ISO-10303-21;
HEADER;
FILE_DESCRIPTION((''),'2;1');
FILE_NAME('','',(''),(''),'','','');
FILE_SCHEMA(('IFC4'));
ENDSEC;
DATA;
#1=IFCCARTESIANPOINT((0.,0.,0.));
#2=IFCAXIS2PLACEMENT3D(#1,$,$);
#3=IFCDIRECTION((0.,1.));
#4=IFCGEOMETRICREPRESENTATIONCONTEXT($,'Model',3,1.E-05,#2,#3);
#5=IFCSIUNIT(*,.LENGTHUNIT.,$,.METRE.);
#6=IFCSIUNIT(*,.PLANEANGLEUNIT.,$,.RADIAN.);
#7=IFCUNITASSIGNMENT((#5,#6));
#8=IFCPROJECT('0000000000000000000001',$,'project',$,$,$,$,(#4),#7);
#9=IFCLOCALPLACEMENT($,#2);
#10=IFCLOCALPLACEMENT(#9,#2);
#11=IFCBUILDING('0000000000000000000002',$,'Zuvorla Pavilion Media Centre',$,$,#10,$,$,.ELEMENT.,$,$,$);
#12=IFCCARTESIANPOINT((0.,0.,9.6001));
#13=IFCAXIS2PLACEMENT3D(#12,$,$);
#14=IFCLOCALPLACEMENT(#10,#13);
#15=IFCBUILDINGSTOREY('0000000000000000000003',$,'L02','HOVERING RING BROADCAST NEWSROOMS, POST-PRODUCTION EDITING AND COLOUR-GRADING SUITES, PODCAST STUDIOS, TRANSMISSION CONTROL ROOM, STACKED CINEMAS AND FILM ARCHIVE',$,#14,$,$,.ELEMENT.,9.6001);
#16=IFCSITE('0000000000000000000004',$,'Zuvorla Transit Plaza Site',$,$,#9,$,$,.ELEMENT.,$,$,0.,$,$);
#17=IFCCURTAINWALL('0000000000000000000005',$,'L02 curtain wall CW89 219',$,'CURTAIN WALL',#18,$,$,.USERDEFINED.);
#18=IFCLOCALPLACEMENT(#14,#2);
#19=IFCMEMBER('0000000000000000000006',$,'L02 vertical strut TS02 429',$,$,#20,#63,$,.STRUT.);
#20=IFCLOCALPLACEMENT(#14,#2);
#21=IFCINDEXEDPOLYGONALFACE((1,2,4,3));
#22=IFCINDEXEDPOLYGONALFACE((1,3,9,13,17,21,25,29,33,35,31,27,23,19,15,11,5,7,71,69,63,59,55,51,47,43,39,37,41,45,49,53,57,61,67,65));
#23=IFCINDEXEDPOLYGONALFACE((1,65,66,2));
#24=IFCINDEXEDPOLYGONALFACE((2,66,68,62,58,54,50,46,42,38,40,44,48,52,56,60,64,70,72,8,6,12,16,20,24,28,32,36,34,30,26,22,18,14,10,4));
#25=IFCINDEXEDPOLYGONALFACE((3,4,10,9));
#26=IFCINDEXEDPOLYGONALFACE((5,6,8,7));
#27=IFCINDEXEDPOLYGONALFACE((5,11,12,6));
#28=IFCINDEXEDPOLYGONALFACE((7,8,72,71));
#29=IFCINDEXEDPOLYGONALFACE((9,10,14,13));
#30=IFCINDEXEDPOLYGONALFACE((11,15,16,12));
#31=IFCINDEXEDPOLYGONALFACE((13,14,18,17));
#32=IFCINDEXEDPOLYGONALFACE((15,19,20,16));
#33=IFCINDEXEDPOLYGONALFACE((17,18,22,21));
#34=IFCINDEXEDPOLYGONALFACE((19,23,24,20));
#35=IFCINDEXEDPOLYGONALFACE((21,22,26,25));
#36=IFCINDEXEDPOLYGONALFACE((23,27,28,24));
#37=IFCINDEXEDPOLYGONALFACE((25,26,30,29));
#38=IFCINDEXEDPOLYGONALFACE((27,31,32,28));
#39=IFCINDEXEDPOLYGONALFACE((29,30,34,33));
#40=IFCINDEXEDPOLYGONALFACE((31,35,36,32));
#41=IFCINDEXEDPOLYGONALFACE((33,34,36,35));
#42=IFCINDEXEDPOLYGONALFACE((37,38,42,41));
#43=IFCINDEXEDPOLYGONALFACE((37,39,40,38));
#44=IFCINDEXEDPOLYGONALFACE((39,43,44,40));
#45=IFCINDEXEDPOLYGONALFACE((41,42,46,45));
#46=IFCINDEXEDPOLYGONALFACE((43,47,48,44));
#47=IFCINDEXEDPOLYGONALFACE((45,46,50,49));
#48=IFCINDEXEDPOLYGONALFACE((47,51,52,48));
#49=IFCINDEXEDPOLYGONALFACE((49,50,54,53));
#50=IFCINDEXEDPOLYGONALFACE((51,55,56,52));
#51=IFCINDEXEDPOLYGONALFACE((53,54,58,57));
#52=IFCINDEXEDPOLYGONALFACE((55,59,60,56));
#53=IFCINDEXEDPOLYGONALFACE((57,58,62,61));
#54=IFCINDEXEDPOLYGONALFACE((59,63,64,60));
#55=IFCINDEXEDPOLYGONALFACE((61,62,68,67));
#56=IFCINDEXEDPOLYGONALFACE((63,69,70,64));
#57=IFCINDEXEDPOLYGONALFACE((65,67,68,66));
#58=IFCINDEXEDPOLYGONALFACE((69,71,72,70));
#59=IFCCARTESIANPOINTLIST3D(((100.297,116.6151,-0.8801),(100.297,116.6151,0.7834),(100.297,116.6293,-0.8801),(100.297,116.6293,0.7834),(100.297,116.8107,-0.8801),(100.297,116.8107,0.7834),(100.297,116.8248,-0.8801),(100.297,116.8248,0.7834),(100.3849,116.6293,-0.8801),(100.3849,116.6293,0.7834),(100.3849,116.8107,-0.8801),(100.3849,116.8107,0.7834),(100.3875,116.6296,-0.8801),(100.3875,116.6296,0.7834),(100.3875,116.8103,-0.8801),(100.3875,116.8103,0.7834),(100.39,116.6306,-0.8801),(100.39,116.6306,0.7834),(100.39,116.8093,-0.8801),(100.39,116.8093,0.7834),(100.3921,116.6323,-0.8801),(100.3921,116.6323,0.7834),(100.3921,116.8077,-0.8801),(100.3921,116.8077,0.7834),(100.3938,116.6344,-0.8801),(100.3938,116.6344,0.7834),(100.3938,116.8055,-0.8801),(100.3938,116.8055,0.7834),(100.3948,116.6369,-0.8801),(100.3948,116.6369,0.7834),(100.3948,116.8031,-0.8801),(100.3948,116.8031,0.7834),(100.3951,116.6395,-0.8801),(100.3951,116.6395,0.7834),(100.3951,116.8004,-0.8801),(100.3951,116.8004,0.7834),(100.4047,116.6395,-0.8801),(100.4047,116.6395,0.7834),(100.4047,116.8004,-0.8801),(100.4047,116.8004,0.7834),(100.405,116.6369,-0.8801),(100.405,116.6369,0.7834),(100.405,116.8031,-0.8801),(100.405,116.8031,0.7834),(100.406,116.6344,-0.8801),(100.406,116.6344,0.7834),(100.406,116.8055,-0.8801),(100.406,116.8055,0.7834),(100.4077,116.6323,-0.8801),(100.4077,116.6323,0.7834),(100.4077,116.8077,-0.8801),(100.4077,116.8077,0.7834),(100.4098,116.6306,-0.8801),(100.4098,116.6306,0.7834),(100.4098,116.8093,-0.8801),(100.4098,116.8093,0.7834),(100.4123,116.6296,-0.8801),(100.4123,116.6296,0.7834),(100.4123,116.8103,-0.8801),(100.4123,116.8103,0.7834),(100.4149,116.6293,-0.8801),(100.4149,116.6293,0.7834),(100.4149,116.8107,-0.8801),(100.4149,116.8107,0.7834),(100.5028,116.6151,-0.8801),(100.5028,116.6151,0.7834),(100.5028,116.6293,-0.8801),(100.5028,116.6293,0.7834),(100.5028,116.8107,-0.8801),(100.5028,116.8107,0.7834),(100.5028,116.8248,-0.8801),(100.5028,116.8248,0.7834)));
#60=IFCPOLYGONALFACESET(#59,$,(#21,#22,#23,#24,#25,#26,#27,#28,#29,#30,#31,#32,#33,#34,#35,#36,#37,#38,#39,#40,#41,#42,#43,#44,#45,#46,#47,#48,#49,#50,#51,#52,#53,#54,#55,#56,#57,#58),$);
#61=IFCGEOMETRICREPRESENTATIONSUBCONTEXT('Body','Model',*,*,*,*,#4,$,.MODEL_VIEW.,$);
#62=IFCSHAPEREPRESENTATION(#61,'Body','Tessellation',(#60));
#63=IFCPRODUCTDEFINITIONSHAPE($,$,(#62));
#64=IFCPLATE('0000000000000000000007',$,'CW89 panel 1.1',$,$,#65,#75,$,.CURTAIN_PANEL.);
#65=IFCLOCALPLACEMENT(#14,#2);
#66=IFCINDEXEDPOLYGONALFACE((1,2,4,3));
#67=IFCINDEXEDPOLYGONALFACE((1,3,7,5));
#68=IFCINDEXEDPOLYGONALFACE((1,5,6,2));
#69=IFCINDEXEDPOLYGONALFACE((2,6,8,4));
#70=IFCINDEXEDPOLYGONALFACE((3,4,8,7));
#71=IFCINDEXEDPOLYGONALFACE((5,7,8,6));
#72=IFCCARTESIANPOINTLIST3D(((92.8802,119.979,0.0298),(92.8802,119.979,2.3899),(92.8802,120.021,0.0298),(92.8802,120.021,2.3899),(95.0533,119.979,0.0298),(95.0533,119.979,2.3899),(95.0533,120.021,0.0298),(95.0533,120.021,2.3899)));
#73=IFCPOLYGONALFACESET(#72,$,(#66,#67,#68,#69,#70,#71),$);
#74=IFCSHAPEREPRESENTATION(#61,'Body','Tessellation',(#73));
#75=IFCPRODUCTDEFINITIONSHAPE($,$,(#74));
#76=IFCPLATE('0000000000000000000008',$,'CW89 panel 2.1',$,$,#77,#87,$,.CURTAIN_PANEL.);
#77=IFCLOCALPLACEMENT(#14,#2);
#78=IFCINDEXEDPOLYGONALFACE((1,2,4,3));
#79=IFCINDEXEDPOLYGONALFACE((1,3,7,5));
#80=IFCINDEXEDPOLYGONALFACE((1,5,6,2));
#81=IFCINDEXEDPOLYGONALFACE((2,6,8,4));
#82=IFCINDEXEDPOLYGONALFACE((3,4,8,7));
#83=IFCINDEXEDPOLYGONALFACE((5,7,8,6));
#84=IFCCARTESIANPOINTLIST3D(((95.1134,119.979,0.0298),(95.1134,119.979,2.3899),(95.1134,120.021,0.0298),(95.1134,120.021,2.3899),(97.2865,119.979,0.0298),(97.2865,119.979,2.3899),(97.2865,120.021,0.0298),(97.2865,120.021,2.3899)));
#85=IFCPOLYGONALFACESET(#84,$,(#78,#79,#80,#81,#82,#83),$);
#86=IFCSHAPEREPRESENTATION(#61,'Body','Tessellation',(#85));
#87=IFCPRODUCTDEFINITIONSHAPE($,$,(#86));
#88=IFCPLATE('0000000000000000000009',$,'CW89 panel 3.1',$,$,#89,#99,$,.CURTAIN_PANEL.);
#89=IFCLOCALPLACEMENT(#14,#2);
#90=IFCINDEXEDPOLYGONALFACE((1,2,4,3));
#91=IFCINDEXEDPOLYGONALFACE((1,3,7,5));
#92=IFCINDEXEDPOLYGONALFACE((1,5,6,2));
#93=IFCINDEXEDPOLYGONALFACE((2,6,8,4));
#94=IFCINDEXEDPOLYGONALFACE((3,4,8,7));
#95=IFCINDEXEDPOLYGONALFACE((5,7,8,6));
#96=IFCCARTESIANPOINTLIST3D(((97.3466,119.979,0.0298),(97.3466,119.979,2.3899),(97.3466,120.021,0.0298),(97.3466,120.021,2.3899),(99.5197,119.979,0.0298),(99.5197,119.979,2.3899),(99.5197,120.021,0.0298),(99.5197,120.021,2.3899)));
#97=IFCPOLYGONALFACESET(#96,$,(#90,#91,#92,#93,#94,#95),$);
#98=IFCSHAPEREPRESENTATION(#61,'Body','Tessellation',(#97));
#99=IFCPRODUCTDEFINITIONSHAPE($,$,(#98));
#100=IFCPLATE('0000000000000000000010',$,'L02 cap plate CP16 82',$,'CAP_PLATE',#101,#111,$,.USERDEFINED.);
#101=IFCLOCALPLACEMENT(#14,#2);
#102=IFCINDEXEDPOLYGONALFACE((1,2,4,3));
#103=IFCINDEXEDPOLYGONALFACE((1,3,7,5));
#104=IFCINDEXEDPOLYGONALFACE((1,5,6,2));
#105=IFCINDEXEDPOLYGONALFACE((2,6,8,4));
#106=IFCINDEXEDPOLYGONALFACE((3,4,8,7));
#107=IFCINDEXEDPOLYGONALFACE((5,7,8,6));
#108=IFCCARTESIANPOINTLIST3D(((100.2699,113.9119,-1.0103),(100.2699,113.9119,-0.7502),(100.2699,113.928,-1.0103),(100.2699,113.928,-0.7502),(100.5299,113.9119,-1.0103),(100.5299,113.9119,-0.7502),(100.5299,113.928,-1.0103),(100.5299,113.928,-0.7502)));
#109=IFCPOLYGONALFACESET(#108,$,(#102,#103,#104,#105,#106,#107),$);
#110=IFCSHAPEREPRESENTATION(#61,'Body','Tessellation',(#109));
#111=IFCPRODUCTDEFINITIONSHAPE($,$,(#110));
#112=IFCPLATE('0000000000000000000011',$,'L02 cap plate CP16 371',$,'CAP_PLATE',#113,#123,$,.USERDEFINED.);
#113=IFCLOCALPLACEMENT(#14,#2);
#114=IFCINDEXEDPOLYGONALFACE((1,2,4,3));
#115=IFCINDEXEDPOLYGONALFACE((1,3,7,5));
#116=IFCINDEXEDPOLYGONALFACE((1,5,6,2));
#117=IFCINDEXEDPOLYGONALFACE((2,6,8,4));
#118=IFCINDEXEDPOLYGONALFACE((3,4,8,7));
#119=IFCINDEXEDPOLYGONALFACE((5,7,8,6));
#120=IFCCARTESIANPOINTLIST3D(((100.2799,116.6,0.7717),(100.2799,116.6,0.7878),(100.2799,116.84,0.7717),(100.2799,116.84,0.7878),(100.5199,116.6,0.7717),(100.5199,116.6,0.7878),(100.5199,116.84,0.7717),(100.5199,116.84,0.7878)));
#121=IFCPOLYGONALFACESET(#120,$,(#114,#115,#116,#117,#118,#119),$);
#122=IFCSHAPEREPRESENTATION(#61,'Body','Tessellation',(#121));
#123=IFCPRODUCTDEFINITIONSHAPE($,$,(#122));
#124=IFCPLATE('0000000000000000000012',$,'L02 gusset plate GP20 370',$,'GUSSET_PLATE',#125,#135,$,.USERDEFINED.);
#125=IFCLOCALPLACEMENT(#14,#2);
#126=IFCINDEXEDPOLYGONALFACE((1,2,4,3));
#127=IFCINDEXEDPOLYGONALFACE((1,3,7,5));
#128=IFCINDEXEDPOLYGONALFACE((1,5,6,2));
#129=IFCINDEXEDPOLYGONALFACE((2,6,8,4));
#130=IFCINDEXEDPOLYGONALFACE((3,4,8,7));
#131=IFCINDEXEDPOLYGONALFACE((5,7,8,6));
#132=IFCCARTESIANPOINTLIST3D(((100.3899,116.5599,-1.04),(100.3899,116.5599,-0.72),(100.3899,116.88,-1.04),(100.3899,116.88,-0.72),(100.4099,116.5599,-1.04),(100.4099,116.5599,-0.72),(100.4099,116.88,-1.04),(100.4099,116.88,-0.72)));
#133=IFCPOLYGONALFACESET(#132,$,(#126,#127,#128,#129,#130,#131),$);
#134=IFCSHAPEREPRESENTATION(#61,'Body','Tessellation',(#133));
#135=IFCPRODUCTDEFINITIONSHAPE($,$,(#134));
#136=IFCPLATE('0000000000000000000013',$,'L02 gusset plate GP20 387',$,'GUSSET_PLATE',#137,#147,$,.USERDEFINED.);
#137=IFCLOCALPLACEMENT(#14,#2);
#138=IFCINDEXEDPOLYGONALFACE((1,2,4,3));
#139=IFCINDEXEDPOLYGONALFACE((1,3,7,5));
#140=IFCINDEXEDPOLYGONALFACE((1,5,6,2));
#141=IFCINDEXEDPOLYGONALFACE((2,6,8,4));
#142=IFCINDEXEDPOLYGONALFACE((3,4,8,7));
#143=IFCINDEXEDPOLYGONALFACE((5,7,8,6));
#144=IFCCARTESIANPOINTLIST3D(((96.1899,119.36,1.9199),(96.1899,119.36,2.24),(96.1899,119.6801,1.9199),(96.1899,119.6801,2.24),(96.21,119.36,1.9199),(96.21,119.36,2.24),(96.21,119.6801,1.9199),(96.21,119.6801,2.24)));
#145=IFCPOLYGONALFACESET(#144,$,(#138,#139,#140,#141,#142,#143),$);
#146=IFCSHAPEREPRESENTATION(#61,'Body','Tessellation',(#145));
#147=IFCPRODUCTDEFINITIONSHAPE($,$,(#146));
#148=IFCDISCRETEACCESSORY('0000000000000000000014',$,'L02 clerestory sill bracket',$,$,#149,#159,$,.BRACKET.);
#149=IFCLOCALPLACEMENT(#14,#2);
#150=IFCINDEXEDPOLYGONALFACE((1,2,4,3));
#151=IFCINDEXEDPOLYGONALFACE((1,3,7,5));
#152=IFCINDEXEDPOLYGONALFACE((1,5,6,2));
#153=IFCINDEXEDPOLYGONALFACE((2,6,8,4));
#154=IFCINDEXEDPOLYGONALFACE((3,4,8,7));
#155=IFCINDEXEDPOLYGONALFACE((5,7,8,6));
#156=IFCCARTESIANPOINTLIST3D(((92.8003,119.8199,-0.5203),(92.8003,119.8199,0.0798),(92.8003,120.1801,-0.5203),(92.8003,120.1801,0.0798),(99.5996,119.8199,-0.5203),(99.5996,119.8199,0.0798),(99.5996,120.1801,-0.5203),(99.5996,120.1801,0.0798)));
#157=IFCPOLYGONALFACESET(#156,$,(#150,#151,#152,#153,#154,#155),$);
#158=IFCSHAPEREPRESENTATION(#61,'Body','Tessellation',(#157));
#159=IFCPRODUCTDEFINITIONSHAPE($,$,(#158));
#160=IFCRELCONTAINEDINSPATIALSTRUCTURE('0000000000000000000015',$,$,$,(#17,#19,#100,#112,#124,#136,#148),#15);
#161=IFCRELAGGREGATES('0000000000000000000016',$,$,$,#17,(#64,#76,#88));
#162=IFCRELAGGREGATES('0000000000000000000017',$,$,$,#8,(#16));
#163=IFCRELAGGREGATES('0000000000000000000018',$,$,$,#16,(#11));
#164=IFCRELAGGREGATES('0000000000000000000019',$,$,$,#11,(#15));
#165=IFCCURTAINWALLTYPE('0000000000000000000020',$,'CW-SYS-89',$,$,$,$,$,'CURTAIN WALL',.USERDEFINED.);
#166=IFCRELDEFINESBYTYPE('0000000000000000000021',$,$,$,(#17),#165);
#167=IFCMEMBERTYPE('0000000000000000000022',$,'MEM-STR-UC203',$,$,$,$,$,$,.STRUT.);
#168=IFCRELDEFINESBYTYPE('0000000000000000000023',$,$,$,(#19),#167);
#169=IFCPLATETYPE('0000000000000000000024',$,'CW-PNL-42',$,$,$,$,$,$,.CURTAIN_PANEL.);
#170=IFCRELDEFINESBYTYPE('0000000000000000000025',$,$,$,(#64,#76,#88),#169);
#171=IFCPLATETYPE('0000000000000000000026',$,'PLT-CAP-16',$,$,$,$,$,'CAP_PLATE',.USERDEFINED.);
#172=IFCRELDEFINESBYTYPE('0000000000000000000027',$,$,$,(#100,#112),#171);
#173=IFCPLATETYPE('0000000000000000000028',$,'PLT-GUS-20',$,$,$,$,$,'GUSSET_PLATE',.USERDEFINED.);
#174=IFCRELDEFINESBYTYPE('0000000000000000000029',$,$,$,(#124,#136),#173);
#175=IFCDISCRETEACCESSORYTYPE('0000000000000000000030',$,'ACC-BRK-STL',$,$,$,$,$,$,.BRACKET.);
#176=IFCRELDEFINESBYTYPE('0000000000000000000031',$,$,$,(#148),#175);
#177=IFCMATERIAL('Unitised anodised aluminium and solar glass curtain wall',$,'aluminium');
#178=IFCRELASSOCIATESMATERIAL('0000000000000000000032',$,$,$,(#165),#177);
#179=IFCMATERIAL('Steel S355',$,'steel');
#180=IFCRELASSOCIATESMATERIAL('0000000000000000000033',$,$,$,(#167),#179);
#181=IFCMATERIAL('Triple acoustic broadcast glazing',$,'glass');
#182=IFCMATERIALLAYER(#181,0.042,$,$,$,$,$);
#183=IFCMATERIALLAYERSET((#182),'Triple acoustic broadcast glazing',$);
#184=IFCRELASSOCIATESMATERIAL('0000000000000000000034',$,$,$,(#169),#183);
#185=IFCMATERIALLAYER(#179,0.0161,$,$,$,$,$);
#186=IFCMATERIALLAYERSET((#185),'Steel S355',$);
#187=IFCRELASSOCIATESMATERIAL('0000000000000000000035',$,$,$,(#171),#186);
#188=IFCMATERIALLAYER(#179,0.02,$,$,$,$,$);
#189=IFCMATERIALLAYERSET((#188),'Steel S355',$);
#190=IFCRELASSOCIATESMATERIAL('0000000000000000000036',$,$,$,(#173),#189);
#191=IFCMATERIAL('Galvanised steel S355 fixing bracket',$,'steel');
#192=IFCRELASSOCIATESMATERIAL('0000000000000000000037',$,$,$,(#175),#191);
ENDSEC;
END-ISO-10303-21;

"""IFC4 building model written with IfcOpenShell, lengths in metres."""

from ifc_helpers import new_model, si_unit, direction, frame, origin, origin_2d, place, context, subcontext, project, spatial, rectangle, i_section, extrude, material, layer, layer_set, material_profile, profile_set, type_object, element, aggregate, save


model = new_model("IFC4")

# Units and contexts
model_context = context("Model", 3, precision=1e-05, world=origin(), true_north=direction((0.0, 1.0)))
body_context = subcontext(model_context, "Body", "Model", "MODEL_VIEW")
ifc_project = project(units=[si_unit("LENGTHUNIT", "METRE"), si_unit("PLANEANGLEUNIT", "RADIAN")], contexts=[model_context])

# Site, building, storey
site_placement = place(None, origin())
site = spatial("IfcSite", under=ifc_project, at=site_placement, Name="Zuvorla Transit Plaza Site", CompositionType="ELEMENT", RefElevation=0.0)
building_placement = place(site_placement, origin())
building = spatial("IfcBuilding", under=site, at=building_placement, Name="Zuvorla Pavilion Media Centre", CompositionType="ELEMENT")
storey_placement = place(building_placement, frame((0.0, 0.0, 9.6001)))
storey = spatial("IfcBuildingStorey", under=building, at=storey_placement, Name="L02", Description="HOVERING RING BROADCAST NEWSROOMS, POST-PRODUCTION EDITING AND COLOUR-GRADING SUITES, PODCAST STUDIOS, TRANSMISSION CONTROL ROOM, STACKED CINEMAS AND FILM ARCHIVE", CompositionType="ELEMENT", Elevation=9.6001)

# Shared definitions
ifc_material_1 = material(Name="Steel S355", Category="steel")

# Curtain wall
ifc_material_2 = material(Name="Unitised anodised aluminium and solar glass curtain wall", Category="aluminium")
curtain_wall_type = type_object("IfcCurtainWallType", Name="CW-SYS-89", ElementType="CURTAIN WALL", PredefinedType="USERDEFINED", material=ifc_material_2)
curtain_wall_placement = place(storey_placement, origin())
curtain_wall = element("IfcCurtainWall", 1, at=curtain_wall_placement, inside=storey, type_object=curtain_wall_type, Name="L02 curtain wall CW89 219", ObjectType="CURTAIN WALL", PredefinedType="USERDEFINED")

# Member
ifc_material_profile_1 = material_profile(ifc_material_1, i_section(OverallWidth=0.2058, OverallDepth=0.2097, WebThickness=0.0095, FlangeThickness=0.0142, FilletRadius=0.0103, at=origin_2d()), Name="UC 203x203x60")
ifc_profile_set_1 = profile_set([ifc_material_profile_1], Name="Steel S355")
member_type_1 = type_object("IfcMemberType", Name="MEM-STR-UC203", PredefinedType="STRUT", material=ifc_profile_set_1)
member_1_placement = place(storey_placement, frame((100.3999, 116.72, -0.8801), z_axis=(0.0, 0.0, 1.0), x_axis=(1.0, 0.0, 0.0)))
element("IfcMember", 2, at=member_1_placement, inside=storey, type_object=member_type_1, Name="L02 vertical strut TS02 429", PredefinedType="STRUT", context=body_context, shape_type="SweptSolid", body=[
    extrude(i_section(OverallWidth=0.2058, OverallDepth=0.2097, WebThickness=0.0095, FlangeThickness=0.0142, FilletRadius=0.0103, at=origin_2d()), origin(), (0.0, 0.0, 1.0), 1.6636),
])

# Plates
ifc_material_3 = material(Name="Triple acoustic broadcast glazing", Category="glass")
ifc_layer_1 = layer(ifc_material_3, 0.042)
ifc_layer_set_1 = layer_set([ifc_layer_1], Name="Triple acoustic broadcast glazing")
plate_type_1 = type_object("IfcPlateType", Name="CW-PNL-42", PredefinedType="CURTAIN_PANEL", material=ifc_layer_set_1)
plate_1_placement = place(storey_placement, frame((93.9668, 120.0, 0.0298), z_axis=(0.0, 0.0, 1.0), x_axis=(1.0, 0.0, 0.0)))
plate_1 = element("IfcPlate", 3, at=plate_1_placement, type_object=plate_type_1, Name="CW89 panel 1.1", PredefinedType="CURTAIN_PANEL", context=body_context, shape_type="SweptSolid", body=[
    extrude(rectangle(XDim=2.1731, YDim=0.042, at=origin_2d()), origin(), (0.0, 0.0, 1.0), 2.3601),
])
plate_2_placement = place(storey_placement, frame((96.2, 120.0, 0.0298), z_axis=(0.0, 0.0, 1.0), x_axis=(1.0, 0.0, 0.0)))
plate_2 = element("IfcPlate", 4, at=plate_2_placement, type_object=plate_type_1, Name="CW89 panel 2.1", PredefinedType="CURTAIN_PANEL", context=body_context, shape_type="SweptSolid", body=[
    extrude(rectangle(XDim=2.1731, YDim=0.042, at=origin_2d()), origin(), (0.0, 0.0, 1.0), 2.3601),
])
plate_3_placement = place(storey_placement, frame((98.4331, 120.0, 0.0298), z_axis=(0.0, 0.0, 1.0), x_axis=(1.0, 0.0, 0.0)))
plate_3 = element("IfcPlate", 5, at=plate_3_placement, type_object=plate_type_1, Name="CW89 panel 3.1", PredefinedType="CURTAIN_PANEL", context=body_context, shape_type="SweptSolid", body=[
    extrude(rectangle(XDim=2.1731, YDim=0.042, at=origin_2d()), origin(), (0.0, 0.0, 1.0), 2.3601),
])
aggregate(curtain_wall, [plate_1, plate_2, plate_3])

# Plates
ifc_layer_2 = layer(ifc_material_1, 0.0161)
ifc_layer_set_2 = layer_set([ifc_layer_2], Name="Steel S355")
plate_type_2 = type_object("IfcPlateType", Name="PLT-CAP-16", ElementType="CAP_PLATE", PredefinedType="USERDEFINED", material=ifc_layer_set_2)
plate_4_placement = place(storey_placement, frame((100.3999, 113.9199, -1.0103), z_axis=(0.0, 0.0, 1.0), x_axis=(1.0, 0.0, 0.0)))
element("IfcPlate", 6, at=plate_4_placement, inside=storey, type_object=plate_type_2, Name="L02 cap plate CP16 82", ObjectType="CAP_PLATE", PredefinedType="USERDEFINED", context=body_context, shape_type="SweptSolid", body=[
    extrude(rectangle(XDim=0.26, YDim=0.0161, at=origin_2d()), origin(), (0.0, 0.0, 1.0), 0.26),
])
plate_5_placement = place(storey_placement, frame((100.3999, 116.72, 0.7717), z_axis=(0.0, 0.0, 1.0), x_axis=(1.0, 0.0, 0.0)))
element("IfcPlate", 7, at=plate_5_placement, inside=storey, type_object=plate_type_2, Name="L02 cap plate CP16 371", ObjectType="CAP_PLATE", PredefinedType="USERDEFINED", context=body_context, shape_type="SweptSolid", body=[
    extrude(rectangle(XDim=0.24, YDim=0.24, at=origin_2d()), origin(), (0.0, 0.0, 1.0), 0.0161),
])
ifc_layer_3 = layer(ifc_material_1, 0.02)
ifc_layer_set_3 = layer_set([ifc_layer_3], Name="Steel S355")
plate_type_3 = type_object("IfcPlateType", Name="PLT-GUS-20", ElementType="GUSSET_PLATE", PredefinedType="USERDEFINED", material=ifc_layer_set_3)
for number, where, z_axis, x_axis, name in (
    (8, (100.3999, 116.72, -1.04), (0.0, 0.0, 1.0), (1.0, 0.0, 0.0), "L02 gusset plate GP20 370"),
    (9, (96.2, 119.52, 1.9199), (0.0, 0.0, 1.0), (1.0, 0.0, 0.0), "L02 gusset plate GP20 387"),
):
    element("IfcPlate", number, at=place(storey_placement, frame(where, z_axis=z_axis, x_axis=x_axis)), inside=storey, type_object=plate_type_3, Name=name, ObjectType="GUSSET_PLATE", PredefinedType="USERDEFINED", context=body_context, shape_type="SweptSolid", body=[
        extrude(rectangle(XDim=0.02, YDim=0.3201, at=origin_2d()), origin(), (0.0, 0.0, 1.0), 0.3201),
    ])

# Discrete accessory
ifc_material_4 = material(Name="Galvanised steel S355 fixing bracket", Category="steel")
discrete_accessory_type = type_object("IfcDiscreteAccessoryType", Name="ACC-BRK-STL", PredefinedType="BRACKET", material=ifc_material_4)
discrete_accessory_placement = place(storey_placement, frame((96.2, 120.0, -0.5203), z_axis=(0.0, 0.0, 1.0), x_axis=(1.0, 0.0, 0.0)))
element("IfcDiscreteAccessory", 10, at=discrete_accessory_placement, inside=storey, type_object=discrete_accessory_type, Name="L02 clerestory sill bracket", PredefinedType="BRACKET", context=body_context, shape_type="SweptSolid", body=[
    extrude(rectangle(XDim=6.7993, YDim=0.3601, at=origin_2d()), origin(), (0.0, 0.0, 1.0), 0.6001),
])

save(model, "model.ifc")
